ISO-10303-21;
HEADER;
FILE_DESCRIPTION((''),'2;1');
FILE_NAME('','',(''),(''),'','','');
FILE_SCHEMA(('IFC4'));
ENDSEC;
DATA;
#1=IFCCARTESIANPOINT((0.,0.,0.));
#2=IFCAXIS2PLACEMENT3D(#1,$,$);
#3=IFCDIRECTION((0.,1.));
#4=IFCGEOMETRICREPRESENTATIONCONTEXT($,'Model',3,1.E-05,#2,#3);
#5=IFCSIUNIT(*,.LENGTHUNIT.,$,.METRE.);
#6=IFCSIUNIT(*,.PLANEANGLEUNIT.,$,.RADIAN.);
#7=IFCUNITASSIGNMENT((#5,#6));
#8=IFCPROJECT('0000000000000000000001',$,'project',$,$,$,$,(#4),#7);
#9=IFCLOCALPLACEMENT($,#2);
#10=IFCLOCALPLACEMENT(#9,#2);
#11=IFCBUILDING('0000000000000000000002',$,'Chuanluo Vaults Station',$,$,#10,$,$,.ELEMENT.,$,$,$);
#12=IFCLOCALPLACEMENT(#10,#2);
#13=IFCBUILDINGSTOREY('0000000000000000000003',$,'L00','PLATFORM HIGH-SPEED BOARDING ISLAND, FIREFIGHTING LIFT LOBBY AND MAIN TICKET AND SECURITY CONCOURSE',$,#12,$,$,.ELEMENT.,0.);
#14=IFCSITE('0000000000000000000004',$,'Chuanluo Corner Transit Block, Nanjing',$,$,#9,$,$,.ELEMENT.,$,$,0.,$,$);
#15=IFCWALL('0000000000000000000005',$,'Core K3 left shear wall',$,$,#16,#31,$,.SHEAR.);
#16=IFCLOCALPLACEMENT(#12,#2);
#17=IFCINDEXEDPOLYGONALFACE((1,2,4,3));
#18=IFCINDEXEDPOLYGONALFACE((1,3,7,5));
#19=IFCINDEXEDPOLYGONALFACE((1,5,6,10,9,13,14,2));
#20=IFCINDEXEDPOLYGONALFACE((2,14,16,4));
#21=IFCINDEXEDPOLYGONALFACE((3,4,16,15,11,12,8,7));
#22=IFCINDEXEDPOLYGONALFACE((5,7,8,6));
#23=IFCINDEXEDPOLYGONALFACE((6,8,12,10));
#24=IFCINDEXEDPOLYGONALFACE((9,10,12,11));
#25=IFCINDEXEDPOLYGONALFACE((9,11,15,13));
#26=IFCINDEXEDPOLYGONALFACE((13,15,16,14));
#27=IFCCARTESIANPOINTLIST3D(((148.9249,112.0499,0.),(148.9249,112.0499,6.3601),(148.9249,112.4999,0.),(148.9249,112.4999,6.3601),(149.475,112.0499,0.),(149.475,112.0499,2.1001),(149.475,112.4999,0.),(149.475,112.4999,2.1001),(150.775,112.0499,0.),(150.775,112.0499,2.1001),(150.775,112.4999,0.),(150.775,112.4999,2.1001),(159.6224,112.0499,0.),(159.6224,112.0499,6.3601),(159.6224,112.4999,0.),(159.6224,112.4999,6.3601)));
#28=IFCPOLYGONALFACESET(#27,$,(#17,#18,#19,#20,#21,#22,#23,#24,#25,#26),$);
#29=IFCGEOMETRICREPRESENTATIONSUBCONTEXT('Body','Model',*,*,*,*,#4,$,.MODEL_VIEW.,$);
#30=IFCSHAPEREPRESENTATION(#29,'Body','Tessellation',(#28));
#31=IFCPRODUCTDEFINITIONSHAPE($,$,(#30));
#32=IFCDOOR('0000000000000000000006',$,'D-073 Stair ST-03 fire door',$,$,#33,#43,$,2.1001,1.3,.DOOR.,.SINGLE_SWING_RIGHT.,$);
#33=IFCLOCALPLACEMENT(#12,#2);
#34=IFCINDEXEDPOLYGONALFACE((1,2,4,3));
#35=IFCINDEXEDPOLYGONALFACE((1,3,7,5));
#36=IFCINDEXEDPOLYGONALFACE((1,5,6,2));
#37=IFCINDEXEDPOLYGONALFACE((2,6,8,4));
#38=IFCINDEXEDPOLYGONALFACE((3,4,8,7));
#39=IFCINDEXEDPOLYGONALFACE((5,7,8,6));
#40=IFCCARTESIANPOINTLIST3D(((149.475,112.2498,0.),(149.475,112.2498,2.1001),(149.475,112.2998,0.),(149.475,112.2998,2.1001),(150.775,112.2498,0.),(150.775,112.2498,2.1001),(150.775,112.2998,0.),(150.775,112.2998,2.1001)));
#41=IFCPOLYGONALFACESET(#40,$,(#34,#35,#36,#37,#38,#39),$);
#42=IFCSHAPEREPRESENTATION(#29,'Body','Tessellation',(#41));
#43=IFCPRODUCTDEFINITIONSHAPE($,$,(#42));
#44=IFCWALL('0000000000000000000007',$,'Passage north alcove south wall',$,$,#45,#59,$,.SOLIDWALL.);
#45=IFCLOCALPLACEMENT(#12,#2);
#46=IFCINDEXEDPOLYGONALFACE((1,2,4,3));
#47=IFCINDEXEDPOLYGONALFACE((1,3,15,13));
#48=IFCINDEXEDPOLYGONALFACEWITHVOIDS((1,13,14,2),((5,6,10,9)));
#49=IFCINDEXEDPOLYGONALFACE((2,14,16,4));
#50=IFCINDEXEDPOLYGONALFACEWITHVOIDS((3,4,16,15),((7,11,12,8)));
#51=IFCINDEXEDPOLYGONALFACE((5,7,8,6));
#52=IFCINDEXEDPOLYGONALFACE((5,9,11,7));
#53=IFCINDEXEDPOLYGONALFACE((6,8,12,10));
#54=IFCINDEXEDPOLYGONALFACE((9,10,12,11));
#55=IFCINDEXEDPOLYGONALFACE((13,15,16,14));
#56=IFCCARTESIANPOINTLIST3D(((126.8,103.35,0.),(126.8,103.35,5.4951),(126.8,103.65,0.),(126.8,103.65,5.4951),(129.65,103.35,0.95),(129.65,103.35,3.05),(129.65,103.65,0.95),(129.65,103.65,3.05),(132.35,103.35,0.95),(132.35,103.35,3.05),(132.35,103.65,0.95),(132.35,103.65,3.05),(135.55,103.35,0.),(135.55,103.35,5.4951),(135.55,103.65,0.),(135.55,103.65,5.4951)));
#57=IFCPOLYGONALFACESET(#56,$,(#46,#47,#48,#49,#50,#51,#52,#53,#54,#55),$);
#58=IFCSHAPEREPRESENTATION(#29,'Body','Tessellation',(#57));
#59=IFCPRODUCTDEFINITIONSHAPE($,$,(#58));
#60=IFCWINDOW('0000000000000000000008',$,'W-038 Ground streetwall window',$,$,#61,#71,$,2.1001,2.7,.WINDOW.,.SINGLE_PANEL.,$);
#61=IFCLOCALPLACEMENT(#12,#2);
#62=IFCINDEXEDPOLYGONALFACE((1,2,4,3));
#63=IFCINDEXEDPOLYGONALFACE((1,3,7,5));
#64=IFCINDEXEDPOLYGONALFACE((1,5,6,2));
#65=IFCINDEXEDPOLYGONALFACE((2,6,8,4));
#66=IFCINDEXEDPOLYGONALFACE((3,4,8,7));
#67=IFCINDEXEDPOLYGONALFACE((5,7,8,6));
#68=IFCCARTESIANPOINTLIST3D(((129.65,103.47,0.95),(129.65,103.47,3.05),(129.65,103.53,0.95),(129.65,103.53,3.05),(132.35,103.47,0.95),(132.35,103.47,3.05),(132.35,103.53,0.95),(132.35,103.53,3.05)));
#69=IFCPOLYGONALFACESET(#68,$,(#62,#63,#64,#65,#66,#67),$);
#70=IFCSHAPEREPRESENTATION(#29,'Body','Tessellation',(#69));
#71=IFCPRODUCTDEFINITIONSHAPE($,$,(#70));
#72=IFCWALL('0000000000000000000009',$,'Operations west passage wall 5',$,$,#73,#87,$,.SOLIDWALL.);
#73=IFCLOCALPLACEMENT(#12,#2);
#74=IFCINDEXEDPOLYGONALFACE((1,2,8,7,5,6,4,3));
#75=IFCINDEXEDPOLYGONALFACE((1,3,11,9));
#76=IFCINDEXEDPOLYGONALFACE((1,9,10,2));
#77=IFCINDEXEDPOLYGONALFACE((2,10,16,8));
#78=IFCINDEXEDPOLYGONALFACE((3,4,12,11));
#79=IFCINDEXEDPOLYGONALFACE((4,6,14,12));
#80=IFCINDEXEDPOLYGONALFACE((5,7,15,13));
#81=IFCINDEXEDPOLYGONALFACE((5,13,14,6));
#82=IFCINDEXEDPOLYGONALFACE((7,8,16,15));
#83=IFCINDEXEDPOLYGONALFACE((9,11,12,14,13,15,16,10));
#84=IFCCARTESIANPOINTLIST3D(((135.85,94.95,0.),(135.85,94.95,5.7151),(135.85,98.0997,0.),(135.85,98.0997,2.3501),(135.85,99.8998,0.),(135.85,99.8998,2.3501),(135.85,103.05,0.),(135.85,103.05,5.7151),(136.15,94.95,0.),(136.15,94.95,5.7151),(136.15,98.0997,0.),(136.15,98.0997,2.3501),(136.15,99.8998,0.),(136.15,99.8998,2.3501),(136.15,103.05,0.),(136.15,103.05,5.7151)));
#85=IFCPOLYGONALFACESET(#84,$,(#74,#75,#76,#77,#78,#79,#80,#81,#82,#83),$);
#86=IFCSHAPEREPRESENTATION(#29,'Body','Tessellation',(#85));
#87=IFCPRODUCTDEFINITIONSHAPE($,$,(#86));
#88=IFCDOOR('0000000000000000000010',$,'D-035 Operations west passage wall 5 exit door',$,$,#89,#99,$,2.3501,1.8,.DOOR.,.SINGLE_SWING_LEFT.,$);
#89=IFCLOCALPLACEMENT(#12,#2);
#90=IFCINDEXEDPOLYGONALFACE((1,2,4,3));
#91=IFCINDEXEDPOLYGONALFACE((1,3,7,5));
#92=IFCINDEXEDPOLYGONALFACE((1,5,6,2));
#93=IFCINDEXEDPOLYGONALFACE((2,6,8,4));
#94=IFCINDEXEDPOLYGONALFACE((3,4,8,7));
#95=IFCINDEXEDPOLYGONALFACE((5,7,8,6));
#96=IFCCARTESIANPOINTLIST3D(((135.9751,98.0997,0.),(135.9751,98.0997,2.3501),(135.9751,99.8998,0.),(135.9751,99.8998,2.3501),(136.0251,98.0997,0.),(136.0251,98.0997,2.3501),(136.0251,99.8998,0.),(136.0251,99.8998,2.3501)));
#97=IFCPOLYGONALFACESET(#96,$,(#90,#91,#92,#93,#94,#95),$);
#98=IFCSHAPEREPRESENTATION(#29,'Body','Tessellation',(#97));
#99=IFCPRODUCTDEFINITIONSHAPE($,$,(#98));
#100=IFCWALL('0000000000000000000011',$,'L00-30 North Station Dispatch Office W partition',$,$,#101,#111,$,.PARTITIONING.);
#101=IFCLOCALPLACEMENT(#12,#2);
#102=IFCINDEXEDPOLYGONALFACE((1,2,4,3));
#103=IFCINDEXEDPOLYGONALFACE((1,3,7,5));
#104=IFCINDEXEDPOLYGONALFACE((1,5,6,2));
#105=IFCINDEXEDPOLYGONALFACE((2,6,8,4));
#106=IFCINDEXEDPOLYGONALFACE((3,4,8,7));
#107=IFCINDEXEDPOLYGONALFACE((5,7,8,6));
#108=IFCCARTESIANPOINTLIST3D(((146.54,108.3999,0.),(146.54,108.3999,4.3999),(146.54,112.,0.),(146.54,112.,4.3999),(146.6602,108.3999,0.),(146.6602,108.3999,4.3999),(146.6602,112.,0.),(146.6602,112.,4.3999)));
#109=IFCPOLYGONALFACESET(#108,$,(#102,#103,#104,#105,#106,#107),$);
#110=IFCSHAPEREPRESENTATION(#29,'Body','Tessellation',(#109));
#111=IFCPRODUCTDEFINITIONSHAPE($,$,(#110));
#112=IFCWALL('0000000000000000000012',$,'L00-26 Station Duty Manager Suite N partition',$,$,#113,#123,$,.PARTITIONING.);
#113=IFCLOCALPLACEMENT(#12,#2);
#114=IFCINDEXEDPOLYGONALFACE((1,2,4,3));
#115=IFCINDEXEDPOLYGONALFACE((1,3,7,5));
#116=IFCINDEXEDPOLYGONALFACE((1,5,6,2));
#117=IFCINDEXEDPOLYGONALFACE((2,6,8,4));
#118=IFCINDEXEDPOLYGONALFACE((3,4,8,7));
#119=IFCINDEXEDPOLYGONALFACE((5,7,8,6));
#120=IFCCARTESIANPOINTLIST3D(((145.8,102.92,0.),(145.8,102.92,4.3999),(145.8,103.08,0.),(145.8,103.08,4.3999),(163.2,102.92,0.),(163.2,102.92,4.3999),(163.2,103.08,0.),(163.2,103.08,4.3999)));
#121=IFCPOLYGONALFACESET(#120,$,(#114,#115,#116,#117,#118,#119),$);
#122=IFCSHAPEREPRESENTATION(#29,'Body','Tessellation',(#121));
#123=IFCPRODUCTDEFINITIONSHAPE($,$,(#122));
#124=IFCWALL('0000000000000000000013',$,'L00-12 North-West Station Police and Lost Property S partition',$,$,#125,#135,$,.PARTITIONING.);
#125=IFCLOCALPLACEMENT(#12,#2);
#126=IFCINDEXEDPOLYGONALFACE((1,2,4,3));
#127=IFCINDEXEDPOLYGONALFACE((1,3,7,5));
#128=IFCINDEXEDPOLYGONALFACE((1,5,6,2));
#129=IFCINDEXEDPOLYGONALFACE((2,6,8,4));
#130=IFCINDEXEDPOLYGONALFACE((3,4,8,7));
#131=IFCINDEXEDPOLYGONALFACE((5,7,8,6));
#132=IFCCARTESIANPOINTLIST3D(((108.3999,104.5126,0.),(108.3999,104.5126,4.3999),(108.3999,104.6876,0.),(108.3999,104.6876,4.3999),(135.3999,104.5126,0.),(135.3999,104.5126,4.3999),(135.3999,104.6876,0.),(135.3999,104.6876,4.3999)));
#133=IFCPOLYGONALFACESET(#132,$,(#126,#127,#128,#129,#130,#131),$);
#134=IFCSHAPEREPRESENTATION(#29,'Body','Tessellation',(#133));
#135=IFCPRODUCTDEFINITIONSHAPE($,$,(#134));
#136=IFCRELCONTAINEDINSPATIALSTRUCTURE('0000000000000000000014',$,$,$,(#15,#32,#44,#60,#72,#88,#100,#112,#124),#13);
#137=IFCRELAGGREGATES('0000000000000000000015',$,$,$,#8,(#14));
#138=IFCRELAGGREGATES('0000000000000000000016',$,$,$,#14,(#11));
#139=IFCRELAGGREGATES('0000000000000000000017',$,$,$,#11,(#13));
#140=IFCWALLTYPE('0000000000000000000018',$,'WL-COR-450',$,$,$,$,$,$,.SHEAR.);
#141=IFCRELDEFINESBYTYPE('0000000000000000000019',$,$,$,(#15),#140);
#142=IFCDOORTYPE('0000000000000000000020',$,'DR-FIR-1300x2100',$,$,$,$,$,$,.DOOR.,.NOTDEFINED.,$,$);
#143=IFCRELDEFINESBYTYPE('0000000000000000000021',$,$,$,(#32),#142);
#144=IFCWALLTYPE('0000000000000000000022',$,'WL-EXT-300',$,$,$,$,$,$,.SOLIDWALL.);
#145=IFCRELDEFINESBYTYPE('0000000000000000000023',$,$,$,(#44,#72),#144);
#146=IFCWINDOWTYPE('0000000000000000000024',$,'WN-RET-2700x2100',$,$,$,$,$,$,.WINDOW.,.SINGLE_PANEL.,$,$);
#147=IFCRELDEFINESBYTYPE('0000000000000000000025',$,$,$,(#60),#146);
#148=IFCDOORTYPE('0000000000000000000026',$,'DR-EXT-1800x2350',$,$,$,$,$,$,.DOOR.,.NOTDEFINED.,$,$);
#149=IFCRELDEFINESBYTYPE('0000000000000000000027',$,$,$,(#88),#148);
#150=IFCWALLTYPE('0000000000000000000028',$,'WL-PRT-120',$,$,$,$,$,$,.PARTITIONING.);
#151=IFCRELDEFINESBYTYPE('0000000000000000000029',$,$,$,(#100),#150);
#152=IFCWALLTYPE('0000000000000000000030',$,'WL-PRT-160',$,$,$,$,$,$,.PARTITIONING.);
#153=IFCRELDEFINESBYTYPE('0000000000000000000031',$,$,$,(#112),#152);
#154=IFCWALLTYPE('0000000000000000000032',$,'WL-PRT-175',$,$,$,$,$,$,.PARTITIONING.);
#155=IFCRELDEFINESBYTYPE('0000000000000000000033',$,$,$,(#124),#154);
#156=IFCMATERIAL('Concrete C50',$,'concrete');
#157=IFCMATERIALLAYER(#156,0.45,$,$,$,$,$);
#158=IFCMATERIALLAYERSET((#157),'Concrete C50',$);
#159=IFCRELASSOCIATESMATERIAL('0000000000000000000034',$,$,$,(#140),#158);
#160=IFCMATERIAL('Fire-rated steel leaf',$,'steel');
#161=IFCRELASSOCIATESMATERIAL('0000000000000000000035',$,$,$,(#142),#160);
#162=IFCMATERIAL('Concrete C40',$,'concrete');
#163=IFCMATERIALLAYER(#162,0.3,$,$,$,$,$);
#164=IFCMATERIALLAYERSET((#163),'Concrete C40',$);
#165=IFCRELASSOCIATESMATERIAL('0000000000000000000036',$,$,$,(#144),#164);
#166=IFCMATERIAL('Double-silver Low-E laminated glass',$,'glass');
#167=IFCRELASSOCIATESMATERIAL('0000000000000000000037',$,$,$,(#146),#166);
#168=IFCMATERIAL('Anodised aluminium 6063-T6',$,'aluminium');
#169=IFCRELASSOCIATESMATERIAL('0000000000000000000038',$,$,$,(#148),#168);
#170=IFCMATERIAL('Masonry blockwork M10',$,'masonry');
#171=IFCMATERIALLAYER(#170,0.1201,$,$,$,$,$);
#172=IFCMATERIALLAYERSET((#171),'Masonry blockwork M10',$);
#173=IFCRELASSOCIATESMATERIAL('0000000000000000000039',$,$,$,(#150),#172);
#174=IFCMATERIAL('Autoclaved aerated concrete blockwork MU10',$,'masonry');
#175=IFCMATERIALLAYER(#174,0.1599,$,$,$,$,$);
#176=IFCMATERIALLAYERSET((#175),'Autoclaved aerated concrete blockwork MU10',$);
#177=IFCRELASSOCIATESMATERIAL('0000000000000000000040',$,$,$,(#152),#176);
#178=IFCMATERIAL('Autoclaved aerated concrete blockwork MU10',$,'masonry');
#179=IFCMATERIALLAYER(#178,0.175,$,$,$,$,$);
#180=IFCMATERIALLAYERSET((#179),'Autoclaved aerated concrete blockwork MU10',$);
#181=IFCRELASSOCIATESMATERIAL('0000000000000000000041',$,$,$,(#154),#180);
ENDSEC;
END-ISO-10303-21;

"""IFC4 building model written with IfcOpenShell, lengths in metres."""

from ifc_helpers import new_model, si_unit, direction, frame, frame_2d, origin, place, context, subcontext, project, spatial, rectangle, extrude, material, layer, layer_set, type_object, element, fill, save


model = new_model("IFC4")

# Units and contexts
model_context = context("Model", 3, precision=1e-05, world=origin(), true_north=direction((0.0, 1.0)))
body_context = subcontext(model_context, "Body", "Model", "MODEL_VIEW")
ifc_project = project(units=[si_unit("LENGTHUNIT", "METRE"), si_unit("PLANEANGLEUNIT", "RADIAN")], contexts=[model_context])

# Site, building, storey
site_placement = place(None, origin())
site = spatial("IfcSite", under=ifc_project, at=site_placement, Name="Chuanluo Corner Transit Block, Nanjing", CompositionType="ELEMENT", RefElevation=0.0)
building_placement = place(site_placement, origin())
building = spatial("IfcBuilding", under=site, at=building_placement, Name="Chuanluo Vaults Station", CompositionType="ELEMENT")
storey_placement = place(building_placement, origin())
storey = spatial("IfcBuildingStorey", under=building, at=storey_placement, Name="L00", Description="PLATFORM HIGH-SPEED BOARDING ISLAND, FIREFIGHTING LIFT LOBBY AND MAIN TICKET AND SECURITY CONCOURSE", CompositionType="ELEMENT", Elevation=0.0)

# Wall, opening, door
ifc_material_1 = material(Name="Concrete C50", Category="concrete")
ifc_layer_1 = layer(ifc_material_1, 0.45)
ifc_layer_set_1 = layer_set([ifc_layer_1], Name="Concrete C50")
wall_type_1 = type_object("IfcWallType", Name="WL-COR-450", PredefinedType="SHEAR", material=ifc_layer_set_1)
wall_1_placement = place(storey_placement, frame((148.925, 112.2749, 0.0), z_axis=(0.0, 0.0, 1.0), x_axis=(1.0, 0.0, 0.0)))
wall_1 = element("IfcWall", 1, at=wall_1_placement, inside=storey, type_object=wall_type_1, Name="Core K3 left shear wall", PredefinedType="SHEAR", context=body_context, shape_type="SweptSolid", body=[
    extrude(rectangle(XDim=10.6975, YDim=0.45, at=frame_2d((5.3486, 0.0))), origin(), (0.0, 0.0, 1.0), 6.3601),
])
opening_1_placement = place(wall_1_placement, frame((0.55, 0.0, 0.0)))
opening_1 = element("IfcOpeningElement", 2, at=opening_1_placement, cuts=wall_1, PredefinedType="OPENING", context=body_context, shape_type="SweptSolid", body=[
    extrude(rectangle(XDim=1.3, YDim=2.1001, at=frame_2d((0.6499, 1.05))), frame((0.0, 0.2351, 0.0), z_axis=(0.0, -1.0, 0.0), x_axis=(1.0, 0.0, 0.0)), (0.0, 0.0, 1.0), 0.4699),
])
ifc_material_2 = material(Name="Fire-rated steel leaf", Category="steel")
door_type_1 = type_object("IfcDoorType", Name="DR-FIR-1300x2100", OperationType="NOTDEFINED", PredefinedType="DOOR", material=ifc_material_2)
door_1_placement = place(opening_1_placement, origin())
door_1 = element("IfcDoor", 3, at=door_1_placement, inside=storey, type_object=door_type_1, Name="D-073 Stair ST-03 fire door", OperationType="SINGLE_SWING_RIGHT", OverallHeight=2.1001, OverallWidth=1.3, PredefinedType="DOOR", context=body_context, shape_type="SweptSolid", body=[
    extrude(rectangle(XDim=1.3, YDim=2.1001, at=frame_2d((0.6499, 1.05))), frame((0.0, 0.0249, 0.0), z_axis=(0.0, -1.0, 0.0), x_axis=(1.0, 0.0, 0.0)), (0.0, 0.0, 1.0), 0.05),
])
fill(opening_1, door_1)

# Wall, opening, window
ifc_material_3 = material(Name="Concrete C40", Category="concrete")
ifc_layer_2 = layer(ifc_material_3, 0.3)
ifc_layer_set_2 = layer_set([ifc_layer_2], Name="Concrete C40")
wall_type_2 = type_object("IfcWallType", Name="WL-EXT-300", PredefinedType="SOLIDWALL", material=ifc_layer_set_2)
wall_2_placement = place(storey_placement, frame((135.55, 103.5, 0.0), z_axis=(0.0, 0.0, 1.0), x_axis=(-1.0, 0.0, 0.0)))
wall_2 = element("IfcWall", 4, at=wall_2_placement, inside=storey, type_object=wall_type_2, Name="Passage north alcove south wall", PredefinedType="SOLIDWALL", context=body_context, shape_type="SweptSolid", body=[
    extrude(rectangle(XDim=8.75, YDim=0.3, at=frame_2d((4.375, 0.0))), origin(), (0.0, 0.0, 1.0), 5.4951),
])
opening_2_placement = place(wall_2_placement, frame((3.2, 0.0, 0.95)))
opening_2 = element("IfcOpeningElement", 5, at=opening_2_placement, cuts=wall_2, PredefinedType="OPENING", context=body_context, shape_type="SweptSolid", body=[
    extrude(rectangle(XDim=2.7, YDim=2.1001, at=frame_2d((1.3501, 1.05))), frame((0.0, 0.1599, 0.0), z_axis=(0.0, -1.0, 0.0), x_axis=(1.0, 0.0, 0.0)), (0.0, 0.0, 1.0), 0.3201),
])
ifc_material_4 = material(Name="Double-silver Low-E laminated glass", Category="glass")
window_type = type_object("IfcWindowType", Name="WN-RET-2700x2100", PartitioningType="SINGLE_PANEL", PredefinedType="WINDOW", material=ifc_material_4)
window_placement = place(opening_2_placement, origin())
window = element("IfcWindow", 6, at=window_placement, inside=storey, type_object=window_type, Name="W-038 Ground streetwall window", OverallHeight=2.1001, OverallWidth=2.7, PartitioningType="SINGLE_PANEL", PredefinedType="WINDOW", context=body_context, shape_type="SweptSolid", body=[
    extrude(rectangle(XDim=2.7, YDim=2.1001, at=frame_2d((1.3501, 1.05))), frame((0.0, 0.03, 0.0), z_axis=(0.0, -1.0, 0.0), x_axis=(1.0, 0.0, 0.0)), (0.0, 0.0, 1.0), 0.0601),
])
fill(opening_2, window)

# Wall, opening, door
wall_3_placement = place(storey_placement, frame((136.0, 94.95, 0.0), z_axis=(0.0, 0.0, 1.0), x_axis=(0.0, 1.0, 0.0)))
wall_3 = element("IfcWall", 7, at=wall_3_placement, inside=storey, type_object=wall_type_2, Name="Operations west passage wall 5", PredefinedType="SOLIDWALL", context=body_context, shape_type="SweptSolid", body=[
    extrude(rectangle(XDim=8.1001, YDim=0.3, at=frame_2d((4.05, 0.0))), origin(), (0.0, 0.0, 1.0), 5.7151),
])
opening_3_placement = place(wall_3_placement, frame((3.1499, 0.0, 0.0)))
opening_3 = element("IfcOpeningElement", 8, at=opening_3_placement, cuts=wall_3, PredefinedType="OPENING", context=body_context, shape_type="SweptSolid", body=[
    extrude(rectangle(XDim=1.8, YDim=2.3501, at=frame_2d((0.8999, 1.175))), frame((0.0, 0.1599, 0.0), z_axis=(0.0, -1.0, 0.0), x_axis=(1.0, 0.0, 0.0)), (0.0, 0.0, 1.0), 0.3201),
])
ifc_material_5 = material(Name="Anodised aluminium 6063-T6", Category="aluminium")
door_type_2 = type_object("IfcDoorType", Name="DR-EXT-1800x2350", OperationType="NOTDEFINED", PredefinedType="DOOR", material=ifc_material_5)
door_2_placement = place(opening_3_placement, origin())
door_2 = element("IfcDoor", 9, at=door_2_placement, inside=storey, type_object=door_type_2, Name="D-035 Operations west passage wall 5 exit door", OperationType="SINGLE_SWING_LEFT", OverallHeight=2.3501, OverallWidth=1.8, PredefinedType="DOOR", context=body_context, shape_type="SweptSolid", body=[
    extrude(rectangle(XDim=1.8, YDim=2.3501, at=frame_2d((0.8999, 1.175))), frame((0.0, 0.0249, 0.0), z_axis=(0.0, -1.0, 0.0), x_axis=(1.0, 0.0, 0.0)), (0.0, 0.0, 1.0), 0.05),
])
fill(opening_3, door_2)

# Walls
ifc_material_6 = material(Name="Masonry blockwork M10", Category="masonry")
ifc_layer_3 = layer(ifc_material_6, 0.1201)
ifc_layer_set_3 = layer_set([ifc_layer_3], Name="Masonry blockwork M10")
wall_type_3 = type_object("IfcWallType", Name="WL-PRT-120", PredefinedType="PARTITIONING", material=ifc_layer_set_3)
wall_4_placement = place(storey_placement, frame((146.6001, 108.3999, 0.0), z_axis=(0.0, 0.0, 1.0), x_axis=(0.0, 1.0, 0.0)))
element("IfcWall", 10, at=wall_4_placement, inside=storey, type_object=wall_type_3, Name="L00-30 North Station Dispatch Office W partition", PredefinedType="PARTITIONING", context=body_context, shape_type="SweptSolid", body=[
    extrude(rectangle(XDim=3.6001, YDim=0.1201, at=frame_2d((1.8, 0.0))), origin(), (0.0, 0.0, 1.0), 4.3999),
])
ifc_material_7 = material(Name="Autoclaved aerated concrete blockwork MU10", Category="masonry")
ifc_layer_4 = layer(ifc_material_7, 0.1599)
ifc_layer_set_4 = layer_set([ifc_layer_4], Name="Autoclaved aerated concrete blockwork MU10")
wall_type_4 = type_object("IfcWallType", Name="WL-PRT-160", PredefinedType="PARTITIONING", material=ifc_layer_set_4)
wall_5_placement = place(storey_placement, frame((145.8, 103.0, 0.0), z_axis=(0.0, 0.0, 1.0), x_axis=(1.0, 0.0, 0.0)))
element("IfcWall", 11, at=wall_5_placement, inside=storey, type_object=wall_type_4, Name="L00-26 Station Duty Manager Suite N partition", PredefinedType="PARTITIONING", context=body_context, shape_type="SweptSolid", body=[
    extrude(rectangle(XDim=17.3999, YDim=0.1599, at=frame_2d((8.7, 0.0))), origin(), (0.0, 0.0, 1.0), 4.3999),
])
ifc_material_8 = material(Name="Autoclaved aerated concrete blockwork MU10", Category="masonry")
ifc_layer_5 = layer(ifc_material_8, 0.175)
ifc_layer_set_5 = layer_set([ifc_layer_5], Name="Autoclaved aerated concrete blockwork MU10")
wall_type_5 = type_object("IfcWallType", Name="WL-PRT-175", PredefinedType="PARTITIONING", material=ifc_layer_set_5)
wall_6_placement = place(storey_placement, frame((135.3999, 104.6001, 0.0), z_axis=(0.0, 0.0, 1.0), x_axis=(-1.0, 0.0, 0.0)))
element("IfcWall", 12, at=wall_6_placement, inside=storey, type_object=wall_type_5, Name="L00-12 North-West Station Police and Lost Property S partition", PredefinedType="PARTITIONING", context=body_context, shape_type="SweptSolid", body=[
    extrude(rectangle(XDim=27.0, YDim=0.175, at=frame_2d((13.5, 0.0))), origin(), (0.0, 0.0, 1.0), 4.3999),
])

save(model, "model.ifc")
